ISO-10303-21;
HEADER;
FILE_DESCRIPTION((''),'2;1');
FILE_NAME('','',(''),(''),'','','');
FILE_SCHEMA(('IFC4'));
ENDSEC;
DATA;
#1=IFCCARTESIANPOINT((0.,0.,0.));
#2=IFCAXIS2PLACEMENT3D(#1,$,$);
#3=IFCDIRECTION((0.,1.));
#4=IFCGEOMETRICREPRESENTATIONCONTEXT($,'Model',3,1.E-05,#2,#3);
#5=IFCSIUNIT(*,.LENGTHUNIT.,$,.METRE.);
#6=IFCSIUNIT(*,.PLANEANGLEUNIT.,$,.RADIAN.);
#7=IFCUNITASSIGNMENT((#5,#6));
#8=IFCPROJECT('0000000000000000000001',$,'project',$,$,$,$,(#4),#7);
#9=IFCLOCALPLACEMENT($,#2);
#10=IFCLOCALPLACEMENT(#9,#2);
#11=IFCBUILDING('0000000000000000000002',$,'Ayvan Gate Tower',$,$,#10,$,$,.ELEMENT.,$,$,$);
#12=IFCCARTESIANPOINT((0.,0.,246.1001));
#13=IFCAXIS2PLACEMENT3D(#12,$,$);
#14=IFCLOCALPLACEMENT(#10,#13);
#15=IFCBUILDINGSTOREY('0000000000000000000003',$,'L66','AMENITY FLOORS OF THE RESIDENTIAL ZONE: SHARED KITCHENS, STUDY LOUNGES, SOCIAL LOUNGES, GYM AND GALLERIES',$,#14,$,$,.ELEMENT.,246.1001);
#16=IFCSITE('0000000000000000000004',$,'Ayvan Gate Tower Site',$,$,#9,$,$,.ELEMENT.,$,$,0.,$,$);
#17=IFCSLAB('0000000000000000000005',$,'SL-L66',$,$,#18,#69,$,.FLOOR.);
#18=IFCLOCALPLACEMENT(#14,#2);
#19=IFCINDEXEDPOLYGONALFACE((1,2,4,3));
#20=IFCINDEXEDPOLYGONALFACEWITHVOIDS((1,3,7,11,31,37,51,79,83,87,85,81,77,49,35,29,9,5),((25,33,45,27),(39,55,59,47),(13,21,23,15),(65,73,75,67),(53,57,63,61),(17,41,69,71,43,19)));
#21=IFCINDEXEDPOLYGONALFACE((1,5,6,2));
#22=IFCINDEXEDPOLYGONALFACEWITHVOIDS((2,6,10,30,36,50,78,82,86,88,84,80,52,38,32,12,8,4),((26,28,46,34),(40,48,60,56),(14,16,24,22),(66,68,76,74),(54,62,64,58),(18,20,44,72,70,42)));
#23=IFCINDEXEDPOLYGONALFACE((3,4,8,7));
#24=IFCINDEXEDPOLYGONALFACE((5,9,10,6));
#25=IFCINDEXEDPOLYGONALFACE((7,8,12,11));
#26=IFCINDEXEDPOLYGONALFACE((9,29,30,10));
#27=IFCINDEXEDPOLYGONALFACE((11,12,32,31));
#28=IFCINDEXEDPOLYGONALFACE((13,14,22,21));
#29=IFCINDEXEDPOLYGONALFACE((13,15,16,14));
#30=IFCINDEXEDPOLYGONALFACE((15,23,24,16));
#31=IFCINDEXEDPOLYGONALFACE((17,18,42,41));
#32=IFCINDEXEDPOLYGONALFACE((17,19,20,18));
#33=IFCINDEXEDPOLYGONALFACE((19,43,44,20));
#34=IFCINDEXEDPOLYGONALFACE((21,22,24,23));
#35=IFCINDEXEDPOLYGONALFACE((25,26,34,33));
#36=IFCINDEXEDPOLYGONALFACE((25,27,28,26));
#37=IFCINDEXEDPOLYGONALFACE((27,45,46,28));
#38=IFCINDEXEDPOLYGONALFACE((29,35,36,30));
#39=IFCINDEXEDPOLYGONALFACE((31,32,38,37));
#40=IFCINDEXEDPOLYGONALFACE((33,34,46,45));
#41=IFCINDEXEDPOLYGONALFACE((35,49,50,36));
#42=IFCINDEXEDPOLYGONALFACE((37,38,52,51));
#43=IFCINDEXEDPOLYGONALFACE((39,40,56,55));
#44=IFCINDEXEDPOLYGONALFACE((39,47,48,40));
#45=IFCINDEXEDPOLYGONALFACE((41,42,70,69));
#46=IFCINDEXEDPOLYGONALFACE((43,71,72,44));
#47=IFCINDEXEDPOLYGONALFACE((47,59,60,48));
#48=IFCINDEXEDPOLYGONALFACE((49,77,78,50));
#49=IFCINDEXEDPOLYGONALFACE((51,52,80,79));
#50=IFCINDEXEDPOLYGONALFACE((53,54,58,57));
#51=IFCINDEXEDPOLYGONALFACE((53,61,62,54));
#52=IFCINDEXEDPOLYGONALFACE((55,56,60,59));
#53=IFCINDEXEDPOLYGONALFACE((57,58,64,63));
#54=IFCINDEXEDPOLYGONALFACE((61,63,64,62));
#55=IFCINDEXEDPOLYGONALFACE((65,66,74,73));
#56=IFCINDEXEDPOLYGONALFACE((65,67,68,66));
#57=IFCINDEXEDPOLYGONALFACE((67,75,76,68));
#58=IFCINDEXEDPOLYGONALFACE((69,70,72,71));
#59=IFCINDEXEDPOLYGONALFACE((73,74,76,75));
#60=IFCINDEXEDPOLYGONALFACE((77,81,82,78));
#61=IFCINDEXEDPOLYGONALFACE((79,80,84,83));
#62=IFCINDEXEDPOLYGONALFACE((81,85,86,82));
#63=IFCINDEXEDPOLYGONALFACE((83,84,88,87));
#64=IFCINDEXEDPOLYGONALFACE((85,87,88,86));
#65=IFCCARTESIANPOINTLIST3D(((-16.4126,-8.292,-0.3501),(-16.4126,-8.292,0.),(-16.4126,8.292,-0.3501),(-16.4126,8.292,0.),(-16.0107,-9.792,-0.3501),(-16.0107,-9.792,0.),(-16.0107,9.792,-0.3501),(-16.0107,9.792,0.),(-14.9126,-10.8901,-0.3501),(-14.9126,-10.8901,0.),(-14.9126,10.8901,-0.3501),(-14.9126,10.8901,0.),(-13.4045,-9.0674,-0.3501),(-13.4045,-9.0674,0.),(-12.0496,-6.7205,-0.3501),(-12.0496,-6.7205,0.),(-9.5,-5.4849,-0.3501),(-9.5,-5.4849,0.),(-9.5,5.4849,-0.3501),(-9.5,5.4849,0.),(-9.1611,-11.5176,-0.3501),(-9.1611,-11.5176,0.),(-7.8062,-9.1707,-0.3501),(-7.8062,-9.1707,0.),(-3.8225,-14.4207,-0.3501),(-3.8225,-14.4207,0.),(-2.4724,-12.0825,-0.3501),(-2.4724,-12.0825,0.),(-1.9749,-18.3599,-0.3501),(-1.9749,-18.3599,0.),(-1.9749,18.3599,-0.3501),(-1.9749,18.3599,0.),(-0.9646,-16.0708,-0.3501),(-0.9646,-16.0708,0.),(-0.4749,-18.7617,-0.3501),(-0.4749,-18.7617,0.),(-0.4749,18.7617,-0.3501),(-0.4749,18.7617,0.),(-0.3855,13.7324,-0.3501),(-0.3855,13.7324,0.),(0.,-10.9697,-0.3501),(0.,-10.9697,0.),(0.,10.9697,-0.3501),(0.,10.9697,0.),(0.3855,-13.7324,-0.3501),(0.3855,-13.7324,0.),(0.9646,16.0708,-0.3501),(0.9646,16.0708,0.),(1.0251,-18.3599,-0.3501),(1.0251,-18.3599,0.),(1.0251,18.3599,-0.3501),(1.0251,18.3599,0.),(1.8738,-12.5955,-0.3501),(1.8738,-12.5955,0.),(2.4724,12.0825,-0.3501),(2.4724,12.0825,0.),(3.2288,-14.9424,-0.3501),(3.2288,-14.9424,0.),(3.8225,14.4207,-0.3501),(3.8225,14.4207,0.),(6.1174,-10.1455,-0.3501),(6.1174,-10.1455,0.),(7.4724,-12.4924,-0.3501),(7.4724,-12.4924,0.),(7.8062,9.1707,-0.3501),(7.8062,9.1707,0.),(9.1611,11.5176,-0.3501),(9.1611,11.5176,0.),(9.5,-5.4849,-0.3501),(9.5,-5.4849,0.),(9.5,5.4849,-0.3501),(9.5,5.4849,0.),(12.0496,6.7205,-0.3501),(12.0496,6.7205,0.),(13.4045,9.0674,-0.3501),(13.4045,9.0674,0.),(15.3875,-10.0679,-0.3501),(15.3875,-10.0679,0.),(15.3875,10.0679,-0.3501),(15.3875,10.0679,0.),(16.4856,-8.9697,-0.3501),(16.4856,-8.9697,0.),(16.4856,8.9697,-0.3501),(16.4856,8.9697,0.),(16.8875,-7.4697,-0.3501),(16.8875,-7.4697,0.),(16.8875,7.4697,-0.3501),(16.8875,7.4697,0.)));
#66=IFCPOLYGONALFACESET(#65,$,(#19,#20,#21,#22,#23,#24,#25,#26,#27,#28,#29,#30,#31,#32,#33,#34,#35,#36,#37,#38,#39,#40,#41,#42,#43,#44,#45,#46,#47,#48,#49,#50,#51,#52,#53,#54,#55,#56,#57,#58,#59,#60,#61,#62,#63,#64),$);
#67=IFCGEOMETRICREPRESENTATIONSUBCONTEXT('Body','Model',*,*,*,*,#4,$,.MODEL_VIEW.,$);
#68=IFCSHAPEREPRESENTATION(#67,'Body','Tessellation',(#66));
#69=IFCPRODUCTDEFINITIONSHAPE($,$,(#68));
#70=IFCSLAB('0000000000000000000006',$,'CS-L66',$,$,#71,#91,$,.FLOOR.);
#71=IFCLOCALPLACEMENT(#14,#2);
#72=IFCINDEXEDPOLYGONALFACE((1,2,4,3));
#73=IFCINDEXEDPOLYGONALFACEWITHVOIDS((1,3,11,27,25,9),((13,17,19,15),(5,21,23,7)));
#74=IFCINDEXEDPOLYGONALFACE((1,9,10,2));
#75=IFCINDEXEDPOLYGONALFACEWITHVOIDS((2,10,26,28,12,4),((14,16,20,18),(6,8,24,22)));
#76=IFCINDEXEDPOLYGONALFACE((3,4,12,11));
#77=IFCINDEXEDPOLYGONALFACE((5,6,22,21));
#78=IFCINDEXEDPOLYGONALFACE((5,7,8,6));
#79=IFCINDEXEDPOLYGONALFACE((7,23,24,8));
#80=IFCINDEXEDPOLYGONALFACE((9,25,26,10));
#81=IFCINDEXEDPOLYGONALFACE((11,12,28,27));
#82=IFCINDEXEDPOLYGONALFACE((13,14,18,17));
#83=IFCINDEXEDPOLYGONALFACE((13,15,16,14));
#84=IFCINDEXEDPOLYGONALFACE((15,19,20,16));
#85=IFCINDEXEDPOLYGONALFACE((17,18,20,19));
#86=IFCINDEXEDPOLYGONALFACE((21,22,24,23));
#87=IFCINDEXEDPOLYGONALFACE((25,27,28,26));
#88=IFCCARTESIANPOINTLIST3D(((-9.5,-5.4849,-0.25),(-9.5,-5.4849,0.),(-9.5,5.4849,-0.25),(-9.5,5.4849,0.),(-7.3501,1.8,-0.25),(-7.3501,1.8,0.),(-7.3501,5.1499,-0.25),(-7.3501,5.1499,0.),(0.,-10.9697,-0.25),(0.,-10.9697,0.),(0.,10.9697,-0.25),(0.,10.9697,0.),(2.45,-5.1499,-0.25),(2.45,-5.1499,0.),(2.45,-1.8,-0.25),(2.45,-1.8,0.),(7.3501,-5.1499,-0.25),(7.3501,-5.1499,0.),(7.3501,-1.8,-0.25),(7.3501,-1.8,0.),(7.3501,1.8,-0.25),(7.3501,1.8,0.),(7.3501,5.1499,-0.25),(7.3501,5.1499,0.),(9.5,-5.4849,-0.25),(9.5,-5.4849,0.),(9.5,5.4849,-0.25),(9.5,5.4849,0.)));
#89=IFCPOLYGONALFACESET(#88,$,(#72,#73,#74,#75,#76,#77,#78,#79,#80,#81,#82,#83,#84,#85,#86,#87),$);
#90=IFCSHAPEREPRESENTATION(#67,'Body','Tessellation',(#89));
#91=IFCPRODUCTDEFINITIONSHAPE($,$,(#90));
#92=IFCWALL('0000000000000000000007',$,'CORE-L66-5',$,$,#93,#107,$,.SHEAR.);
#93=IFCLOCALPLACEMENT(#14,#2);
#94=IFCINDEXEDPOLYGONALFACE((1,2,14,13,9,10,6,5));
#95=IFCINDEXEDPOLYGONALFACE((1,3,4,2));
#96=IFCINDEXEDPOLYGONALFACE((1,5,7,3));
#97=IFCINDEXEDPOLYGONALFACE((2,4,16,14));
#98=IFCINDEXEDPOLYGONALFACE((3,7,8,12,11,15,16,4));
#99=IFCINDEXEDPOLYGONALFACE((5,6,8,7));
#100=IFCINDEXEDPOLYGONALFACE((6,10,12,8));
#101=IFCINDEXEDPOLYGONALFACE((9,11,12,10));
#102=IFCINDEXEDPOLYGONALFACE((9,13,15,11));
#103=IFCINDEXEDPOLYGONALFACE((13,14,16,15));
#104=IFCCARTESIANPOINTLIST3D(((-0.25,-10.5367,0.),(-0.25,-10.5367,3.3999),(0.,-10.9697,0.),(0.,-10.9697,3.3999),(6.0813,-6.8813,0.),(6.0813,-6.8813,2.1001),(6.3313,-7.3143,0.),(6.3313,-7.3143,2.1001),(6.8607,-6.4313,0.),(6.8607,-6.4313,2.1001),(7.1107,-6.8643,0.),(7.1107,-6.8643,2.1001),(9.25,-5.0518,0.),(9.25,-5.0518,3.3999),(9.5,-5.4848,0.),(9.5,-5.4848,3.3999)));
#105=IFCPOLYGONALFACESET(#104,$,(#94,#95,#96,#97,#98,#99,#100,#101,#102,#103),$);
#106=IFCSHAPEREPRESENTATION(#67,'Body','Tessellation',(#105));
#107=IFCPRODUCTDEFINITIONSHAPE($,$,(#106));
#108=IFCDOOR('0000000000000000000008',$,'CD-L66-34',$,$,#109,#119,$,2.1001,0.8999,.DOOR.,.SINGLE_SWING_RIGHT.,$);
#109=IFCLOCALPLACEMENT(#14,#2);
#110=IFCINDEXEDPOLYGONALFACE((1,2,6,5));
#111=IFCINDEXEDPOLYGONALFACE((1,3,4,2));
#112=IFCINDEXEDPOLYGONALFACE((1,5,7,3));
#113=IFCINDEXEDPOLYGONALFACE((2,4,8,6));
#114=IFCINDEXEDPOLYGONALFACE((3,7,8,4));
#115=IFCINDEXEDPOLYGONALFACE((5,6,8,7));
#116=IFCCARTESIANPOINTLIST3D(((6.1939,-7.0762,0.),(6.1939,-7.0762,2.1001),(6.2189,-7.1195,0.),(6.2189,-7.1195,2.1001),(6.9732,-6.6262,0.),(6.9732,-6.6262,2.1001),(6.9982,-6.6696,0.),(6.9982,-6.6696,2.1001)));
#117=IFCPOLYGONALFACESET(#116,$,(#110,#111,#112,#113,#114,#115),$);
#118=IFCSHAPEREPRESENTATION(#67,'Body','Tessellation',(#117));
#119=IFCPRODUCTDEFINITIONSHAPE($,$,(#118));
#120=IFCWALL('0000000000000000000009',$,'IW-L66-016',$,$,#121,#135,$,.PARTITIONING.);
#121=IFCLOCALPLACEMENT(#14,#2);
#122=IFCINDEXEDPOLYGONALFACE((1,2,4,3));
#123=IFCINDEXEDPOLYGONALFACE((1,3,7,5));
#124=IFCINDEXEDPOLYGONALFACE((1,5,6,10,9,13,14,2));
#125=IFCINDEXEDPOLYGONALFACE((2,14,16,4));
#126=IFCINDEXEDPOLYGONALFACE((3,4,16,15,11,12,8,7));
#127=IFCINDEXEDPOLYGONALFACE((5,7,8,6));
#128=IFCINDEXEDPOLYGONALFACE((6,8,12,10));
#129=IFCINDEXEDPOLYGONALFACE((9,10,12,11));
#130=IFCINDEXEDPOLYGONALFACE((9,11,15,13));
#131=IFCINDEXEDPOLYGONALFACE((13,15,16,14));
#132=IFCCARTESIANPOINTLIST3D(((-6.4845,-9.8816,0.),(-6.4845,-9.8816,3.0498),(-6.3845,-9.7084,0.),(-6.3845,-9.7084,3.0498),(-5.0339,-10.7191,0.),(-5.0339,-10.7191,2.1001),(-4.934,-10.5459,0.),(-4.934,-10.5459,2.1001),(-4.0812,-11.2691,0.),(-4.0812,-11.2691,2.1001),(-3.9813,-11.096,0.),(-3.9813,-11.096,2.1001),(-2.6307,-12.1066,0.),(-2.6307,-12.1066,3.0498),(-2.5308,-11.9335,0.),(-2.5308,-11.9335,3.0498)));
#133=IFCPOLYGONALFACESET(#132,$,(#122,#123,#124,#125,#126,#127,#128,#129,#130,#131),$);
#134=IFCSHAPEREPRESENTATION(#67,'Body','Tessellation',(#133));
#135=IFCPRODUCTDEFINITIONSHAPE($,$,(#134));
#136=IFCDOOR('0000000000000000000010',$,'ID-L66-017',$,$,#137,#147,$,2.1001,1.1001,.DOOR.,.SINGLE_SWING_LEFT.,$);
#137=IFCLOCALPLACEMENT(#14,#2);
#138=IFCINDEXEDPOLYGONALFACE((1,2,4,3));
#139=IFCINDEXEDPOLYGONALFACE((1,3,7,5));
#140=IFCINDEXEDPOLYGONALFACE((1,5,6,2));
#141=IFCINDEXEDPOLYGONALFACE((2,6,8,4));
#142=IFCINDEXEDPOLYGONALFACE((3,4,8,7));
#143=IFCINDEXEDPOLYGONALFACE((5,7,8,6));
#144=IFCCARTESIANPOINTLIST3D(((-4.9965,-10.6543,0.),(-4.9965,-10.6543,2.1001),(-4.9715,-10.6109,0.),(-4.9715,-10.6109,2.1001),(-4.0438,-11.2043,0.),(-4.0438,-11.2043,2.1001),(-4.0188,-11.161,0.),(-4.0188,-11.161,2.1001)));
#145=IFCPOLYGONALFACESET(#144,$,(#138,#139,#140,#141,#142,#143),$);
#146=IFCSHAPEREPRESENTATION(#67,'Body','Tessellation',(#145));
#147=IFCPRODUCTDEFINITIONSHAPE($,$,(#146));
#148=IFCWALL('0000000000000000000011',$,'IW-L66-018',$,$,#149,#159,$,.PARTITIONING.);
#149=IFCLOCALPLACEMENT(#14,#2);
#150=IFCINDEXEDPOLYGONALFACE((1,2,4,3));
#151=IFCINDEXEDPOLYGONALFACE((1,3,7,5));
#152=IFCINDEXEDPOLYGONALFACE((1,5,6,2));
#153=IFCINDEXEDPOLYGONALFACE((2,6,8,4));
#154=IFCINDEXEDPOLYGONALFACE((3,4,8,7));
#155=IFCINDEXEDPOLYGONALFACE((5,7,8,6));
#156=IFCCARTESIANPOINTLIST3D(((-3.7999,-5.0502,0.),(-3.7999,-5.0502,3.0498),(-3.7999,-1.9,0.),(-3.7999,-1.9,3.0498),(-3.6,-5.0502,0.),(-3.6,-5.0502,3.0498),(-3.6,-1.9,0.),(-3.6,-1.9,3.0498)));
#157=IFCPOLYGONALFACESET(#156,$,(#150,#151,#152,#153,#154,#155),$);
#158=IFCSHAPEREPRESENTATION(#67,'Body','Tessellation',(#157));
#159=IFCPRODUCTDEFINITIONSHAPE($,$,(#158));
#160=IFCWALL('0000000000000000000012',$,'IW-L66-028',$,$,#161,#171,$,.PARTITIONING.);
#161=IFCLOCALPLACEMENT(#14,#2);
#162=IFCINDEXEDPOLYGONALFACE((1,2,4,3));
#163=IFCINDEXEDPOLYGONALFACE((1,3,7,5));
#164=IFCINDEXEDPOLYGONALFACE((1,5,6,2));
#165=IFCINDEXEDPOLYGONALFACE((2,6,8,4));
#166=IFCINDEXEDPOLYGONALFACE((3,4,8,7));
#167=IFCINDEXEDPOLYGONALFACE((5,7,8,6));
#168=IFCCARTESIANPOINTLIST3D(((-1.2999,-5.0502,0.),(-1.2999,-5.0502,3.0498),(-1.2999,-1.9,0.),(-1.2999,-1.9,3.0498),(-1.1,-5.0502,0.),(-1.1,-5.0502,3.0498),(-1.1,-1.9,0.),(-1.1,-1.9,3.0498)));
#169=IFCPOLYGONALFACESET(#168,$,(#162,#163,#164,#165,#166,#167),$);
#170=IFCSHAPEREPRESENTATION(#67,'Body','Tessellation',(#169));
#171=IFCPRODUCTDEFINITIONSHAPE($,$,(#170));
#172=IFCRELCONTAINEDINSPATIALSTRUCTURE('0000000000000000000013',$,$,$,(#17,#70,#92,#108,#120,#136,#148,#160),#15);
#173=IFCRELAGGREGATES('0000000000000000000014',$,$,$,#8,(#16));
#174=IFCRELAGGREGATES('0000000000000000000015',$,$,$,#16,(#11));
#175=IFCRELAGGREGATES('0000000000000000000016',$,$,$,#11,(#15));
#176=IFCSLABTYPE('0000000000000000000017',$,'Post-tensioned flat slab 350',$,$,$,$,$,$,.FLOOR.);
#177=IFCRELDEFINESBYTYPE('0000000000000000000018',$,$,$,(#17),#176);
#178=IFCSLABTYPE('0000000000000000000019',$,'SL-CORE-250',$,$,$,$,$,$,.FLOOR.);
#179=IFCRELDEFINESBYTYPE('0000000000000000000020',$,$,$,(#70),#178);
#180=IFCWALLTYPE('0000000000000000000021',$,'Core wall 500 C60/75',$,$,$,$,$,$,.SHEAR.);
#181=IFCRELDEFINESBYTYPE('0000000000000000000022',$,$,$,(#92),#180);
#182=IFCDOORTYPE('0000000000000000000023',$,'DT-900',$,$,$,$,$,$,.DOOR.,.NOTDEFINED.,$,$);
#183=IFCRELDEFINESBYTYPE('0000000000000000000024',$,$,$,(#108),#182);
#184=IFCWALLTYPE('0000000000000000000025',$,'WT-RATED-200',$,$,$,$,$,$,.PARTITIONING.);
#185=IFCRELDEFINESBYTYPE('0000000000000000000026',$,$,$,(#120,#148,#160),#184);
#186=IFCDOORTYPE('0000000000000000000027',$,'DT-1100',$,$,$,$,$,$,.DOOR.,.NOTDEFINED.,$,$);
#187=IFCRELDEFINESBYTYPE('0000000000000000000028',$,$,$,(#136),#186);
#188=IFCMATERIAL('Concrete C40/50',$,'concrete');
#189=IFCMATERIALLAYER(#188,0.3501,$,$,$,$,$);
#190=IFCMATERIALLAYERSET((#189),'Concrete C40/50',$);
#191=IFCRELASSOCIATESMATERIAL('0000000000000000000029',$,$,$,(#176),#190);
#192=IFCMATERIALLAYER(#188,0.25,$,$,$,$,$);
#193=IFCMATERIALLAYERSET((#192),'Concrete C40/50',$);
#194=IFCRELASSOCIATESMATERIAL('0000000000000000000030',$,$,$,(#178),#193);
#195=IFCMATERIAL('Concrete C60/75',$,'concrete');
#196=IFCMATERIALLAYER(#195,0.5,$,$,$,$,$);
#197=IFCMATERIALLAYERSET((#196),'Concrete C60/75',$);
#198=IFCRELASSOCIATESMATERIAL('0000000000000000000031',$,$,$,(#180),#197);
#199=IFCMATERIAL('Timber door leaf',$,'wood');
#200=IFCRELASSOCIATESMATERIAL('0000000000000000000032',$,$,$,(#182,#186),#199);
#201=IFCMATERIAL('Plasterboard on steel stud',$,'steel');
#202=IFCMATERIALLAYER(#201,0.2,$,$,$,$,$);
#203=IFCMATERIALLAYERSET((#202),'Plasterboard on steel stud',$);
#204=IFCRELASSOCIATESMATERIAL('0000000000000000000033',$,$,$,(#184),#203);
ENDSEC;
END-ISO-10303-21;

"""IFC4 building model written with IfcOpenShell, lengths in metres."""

from ifc_helpers import new_model, si_unit, direction, frame, frame_2d, origin, place, context, subcontext, project, spatial, polyline, rectangle, outline, extrude, material, layer, layer_set, type_object, element, fill, save


model = new_model("IFC4")

# Units and contexts
model_context = context("Model", 3, precision=1e-05, world=origin(), true_north=direction((0.0, 1.0)))
body_context = subcontext(model_context, "Body", "Model", "MODEL_VIEW")
ifc_project = project(units=[si_unit("LENGTHUNIT", "METRE"), si_unit("PLANEANGLEUNIT", "RADIAN")], contexts=[model_context])

# Site, building, storey
site_placement = place(None, origin())
site = spatial("IfcSite", under=ifc_project, at=site_placement, Name="Ayvan Gate Tower Site", CompositionType="ELEMENT", RefElevation=0.0)
building_placement = place(site_placement, origin())
building = spatial("IfcBuilding", under=site, at=building_placement, Name="Ayvan Gate Tower", CompositionType="ELEMENT")
storey_placement = place(building_placement, frame((0.0, 0.0, 246.1001)))
storey = spatial("IfcBuildingStorey", under=building, at=storey_placement, Name="L66", Description="AMENITY FLOORS OF THE RESIDENTIAL ZONE: SHARED KITCHENS, STUDY LOUNGES, SOCIAL LOUNGES, GYM AND GALLERIES", CompositionType="ELEMENT", Elevation=246.1001)

# Slabs
ifc_material_1 = material(Name="Concrete C40/50", Category="concrete")
ifc_layer_1 = layer(ifc_material_1, 0.3501)
ifc_layer_set_1 = layer_set([ifc_layer_1], Name="Concrete C40/50")
slab_type_1 = type_object("IfcSlabType", Name="Post-tensioned flat slab 350", PredefinedType="FLOOR", material=ifc_layer_set_1)
slab_1_placement = place(storey_placement, frame((0.0, 0.0, -0.3501)))
element("IfcSlab", 1, at=slab_1_placement, inside=storey, type_object=slab_type_1, Name="SL-L66", PredefinedType="FLOOR", context=body_context, shape_type="SweptSolid", body=[
    extrude(outline(polyline([(1.0251, -18.3599), (-0.4749, -18.7617), (-1.9749, -18.3599), (-14.9126, -10.8901), (-16.0107, -9.792), (-16.4126, -8.292), (-16.4126, 8.292), (-16.0107, 9.792), (-14.9126, 10.8901), (-1.9749, 18.3599), (-0.4749, 18.7617), (1.0251, 18.3599), (15.3875, 10.0679), (16.4856, 8.9697), (16.8875, 7.4697), (16.8875, -7.4697), (16.4856, -8.9697), (15.3875, -10.0679), (1.0251, -18.3599)]), holes=[polyline([(12.0496, 6.7205), (13.4045, 9.0674), (9.1611, 11.5176), (7.8062, 9.1707), (12.0496, 6.7205)]), polyline([(9.5, 5.4849), (0.0, 10.9697), (-9.5, 5.4849), (-9.5, -5.4849), (0.0, -10.9697), (9.5, -5.4849), (9.5, 5.4849)]), polyline([(1.8738, -12.5955), (3.2288, -14.9424), (7.4724, -12.4924), (6.1174, -10.1455), (1.8738, -12.5955)]), polyline([(3.8225, 14.4207), (0.9646, 16.0708), (-0.3855, 13.7324), (2.4724, 12.0825), (3.8225, 14.4207)]), polyline([(0.3855, -13.7324), (-2.4724, -12.0825), (-3.8225, -14.4207), (-0.9646, -16.0708), (0.3855, -13.7324)]), polyline([(-9.1611, -11.5176), (-7.8062, -9.1707), (-12.0496, -6.7205), (-13.4045, -9.0674), (-9.1611, -11.5176)])]), origin(), (0.0, 0.0, 1.0), 0.3501),
])
ifc_layer_2 = layer(ifc_material_1, 0.25)
ifc_layer_set_2 = layer_set([ifc_layer_2], Name="Concrete C40/50")
slab_type_2 = type_object("IfcSlabType", Name="SL-CORE-250", PredefinedType="FLOOR", material=ifc_layer_set_2)
slab_2_placement = place(storey_placement, frame((0.0, 0.0, -0.25)))
element("IfcSlab", 2, at=slab_2_placement, inside=storey, type_object=slab_type_2, Name="CS-L66", PredefinedType="FLOOR", context=body_context, shape_type="SweptSolid", body=[
    extrude(outline(polyline([(9.5, -5.4849), (0.0, -10.9697), (-9.5, -5.4849), (-9.5, 5.4849), (0.0, 10.9697), (9.5, 5.4849), (9.5, -5.4849)]), holes=[polyline([(-7.3501, 5.1499), (-7.3501, 1.8), (7.3501, 1.8), (7.3501, 5.1499), (-7.3501, 5.1499)]), polyline([(2.45, -1.8), (2.45, -5.1499), (7.3501, -5.1499), (7.3501, -1.8), (2.45, -1.8)])]), origin(), (0.0, 0.0, 1.0), 0.25),
])

# Walls, openings, doors
ifc_material_2 = material(Name="Concrete C60/75", Category="concrete")
ifc_layer_3 = layer(ifc_material_2, 0.5)
ifc_layer_set_3 = layer_set([ifc_layer_3], Name="Concrete C60/75")
wall_type_1 = type_object("IfcWallType", Name="Core wall 500 C60/75", PredefinedType="SHEAR", material=ifc_layer_set_3)
wall_1_placement = place(storey_placement, frame((-0.125, -10.7532, 0.0), z_axis=(0.0, 0.0, 1.0), x_axis=(0.866024, 0.500002, 0.0)))
wall_1 = element("IfcWall", 3, at=wall_1_placement, inside=storey, type_object=wall_type_1, Name="CORE-L66-5", PredefinedType="SHEAR", context=body_context, shape_type="SweptSolid", body=[
    extrude(rectangle(XDim=10.9697, YDim=0.5, at=frame_2d((5.4849, 0.0))), origin(), (0.0, 0.0, 1.0), 3.3999),
])
opening_1_placement = place(wall_1_placement, frame((7.3108, 0.0, 0.0)))
opening_1 = element("IfcOpeningElement", 4, at=opening_1_placement, cuts=wall_1, PredefinedType="OPENING", context=body_context, shape_type="SweptSolid", body=[
    extrude(rectangle(XDim=0.8999, YDim=2.1001, at=frame_2d((0.45, 1.05))), frame((0.0, 0.26, 0.0), z_axis=(0.0, -1.0, 0.0), x_axis=(1.0, 0.0, 0.0)), (0.0, 0.0, 1.0), 0.52),
])
ifc_material_3 = material(Name="Timber door leaf", Category="wood")
door_type_1 = type_object("IfcDoorType", Name="DT-900", OperationType="NOTDEFINED", PredefinedType="DOOR", material=ifc_material_3)
door_1_placement = place(opening_1_placement, origin())
door_1 = element("IfcDoor", 5, at=door_1_placement, inside=storey, type_object=door_type_1, Name="CD-L66-34", OperationType="SINGLE_SWING_RIGHT", OverallHeight=2.1001, OverallWidth=0.8999, PredefinedType="DOOR", context=body_context, shape_type="SweptSolid", body=[
    extrude(rectangle(XDim=0.8999, YDim=2.1001, at=frame_2d((0.45, 1.05))), frame((0.0, 0.0249, 0.0), z_axis=(0.0, -1.0, 0.0), x_axis=(1.0, 0.0, 0.0)), (0.0, 0.0, 1.0), 0.05),
])
fill(opening_1, door_1)
ifc_material_4 = material(Name="Plasterboard on steel stud", Category="steel")
ifc_layer_4 = layer(ifc_material_4, 0.2)
ifc_layer_set_4 = layer_set([ifc_layer_4], Name="Plasterboard on steel stud")
wall_type_2 = type_object("IfcWallType", Name="WT-RATED-200", PredefinedType="PARTITIONING", material=ifc_layer_set_4)
wall_2_placement = place(storey_placement, frame((-6.4346, -9.7949, 0.0), z_axis=(0.0, 0.0, 1.0), x_axis=(0.866013, -0.500022, 0.0)))
wall_2 = element("IfcWall", 6, at=wall_2_placement, inside=storey, type_object=wall_type_2, Name="IW-L66-016", PredefinedType="PARTITIONING", context=body_context, shape_type="SweptSolid", body=[
    extrude(rectangle(XDim=4.45, YDim=0.2, at=frame_2d((2.2251, 0.0))), origin(), (0.0, 0.0, 1.0), 3.0498),
])
opening_2_placement = place(wall_2_placement, frame((1.675, 0.0, 0.0)))
opening_2 = element("IfcOpeningElement", 7, at=opening_2_placement, cuts=wall_2, PredefinedType="OPENING", context=body_context, shape_type="SweptSolid", body=[
    extrude(rectangle(XDim=1.1001, YDim=2.1001, at=frame_2d((0.55, 1.05))), frame((0.0, 0.1099, 0.0), z_axis=(0.0, -1.0, 0.0), x_axis=(1.0, 0.0, 0.0)), (0.0, 0.0, 1.0), 0.22),
])
door_type_2 = type_object("IfcDoorType", Name="DT-1100", OperationType="NOTDEFINED", PredefinedType="DOOR", material=ifc_material_3)
door_2_placement = place(opening_2_placement, origin())
door_2 = element("IfcDoor", 8, at=door_2_placement, inside=storey, type_object=door_type_2, Name="ID-L66-017", OperationType="SINGLE_SWING_LEFT", OverallHeight=2.1001, OverallWidth=1.1001, PredefinedType="DOOR", context=body_context, shape_type="SweptSolid", body=[
    extrude(rectangle(XDim=1.1001, YDim=2.1001, at=frame_2d((0.55, 1.05))), frame((0.0, 0.0249, 0.0), z_axis=(0.0, -1.0, 0.0), x_axis=(1.0, 0.0, 0.0)), (0.0, 0.0, 1.0), 0.05),
])
fill(opening_2, door_2)

# Walls
for number, where, z_axis, x_axis, name in (
    (9, (-3.7, -1.8999, 0.0), (0.0, 0.0, 1.0), (0.0, -1.0, 0.0), "IW-L66-018"),
    (10, (-1.2, -1.8999, 0.0), (0.0, 0.0, 1.0), (0.0, -1.0, 0.0), "IW-L66-028"),
):
    element("IfcWall", number, at=place(storey_placement, frame(where, z_axis=z_axis, x_axis=x_axis)), inside=storey, type_object=wall_type_2, Name=name, PredefinedType="PARTITIONING", context=body_context, shape_type="SweptSolid", body=[
        extrude(rectangle(XDim=3.1501, YDim=0.2, at=frame_2d((1.5752, 0.0))), origin(), (0.0, 0.0, 1.0), 3.0498),
    ])

save(model, "model.ifc")
